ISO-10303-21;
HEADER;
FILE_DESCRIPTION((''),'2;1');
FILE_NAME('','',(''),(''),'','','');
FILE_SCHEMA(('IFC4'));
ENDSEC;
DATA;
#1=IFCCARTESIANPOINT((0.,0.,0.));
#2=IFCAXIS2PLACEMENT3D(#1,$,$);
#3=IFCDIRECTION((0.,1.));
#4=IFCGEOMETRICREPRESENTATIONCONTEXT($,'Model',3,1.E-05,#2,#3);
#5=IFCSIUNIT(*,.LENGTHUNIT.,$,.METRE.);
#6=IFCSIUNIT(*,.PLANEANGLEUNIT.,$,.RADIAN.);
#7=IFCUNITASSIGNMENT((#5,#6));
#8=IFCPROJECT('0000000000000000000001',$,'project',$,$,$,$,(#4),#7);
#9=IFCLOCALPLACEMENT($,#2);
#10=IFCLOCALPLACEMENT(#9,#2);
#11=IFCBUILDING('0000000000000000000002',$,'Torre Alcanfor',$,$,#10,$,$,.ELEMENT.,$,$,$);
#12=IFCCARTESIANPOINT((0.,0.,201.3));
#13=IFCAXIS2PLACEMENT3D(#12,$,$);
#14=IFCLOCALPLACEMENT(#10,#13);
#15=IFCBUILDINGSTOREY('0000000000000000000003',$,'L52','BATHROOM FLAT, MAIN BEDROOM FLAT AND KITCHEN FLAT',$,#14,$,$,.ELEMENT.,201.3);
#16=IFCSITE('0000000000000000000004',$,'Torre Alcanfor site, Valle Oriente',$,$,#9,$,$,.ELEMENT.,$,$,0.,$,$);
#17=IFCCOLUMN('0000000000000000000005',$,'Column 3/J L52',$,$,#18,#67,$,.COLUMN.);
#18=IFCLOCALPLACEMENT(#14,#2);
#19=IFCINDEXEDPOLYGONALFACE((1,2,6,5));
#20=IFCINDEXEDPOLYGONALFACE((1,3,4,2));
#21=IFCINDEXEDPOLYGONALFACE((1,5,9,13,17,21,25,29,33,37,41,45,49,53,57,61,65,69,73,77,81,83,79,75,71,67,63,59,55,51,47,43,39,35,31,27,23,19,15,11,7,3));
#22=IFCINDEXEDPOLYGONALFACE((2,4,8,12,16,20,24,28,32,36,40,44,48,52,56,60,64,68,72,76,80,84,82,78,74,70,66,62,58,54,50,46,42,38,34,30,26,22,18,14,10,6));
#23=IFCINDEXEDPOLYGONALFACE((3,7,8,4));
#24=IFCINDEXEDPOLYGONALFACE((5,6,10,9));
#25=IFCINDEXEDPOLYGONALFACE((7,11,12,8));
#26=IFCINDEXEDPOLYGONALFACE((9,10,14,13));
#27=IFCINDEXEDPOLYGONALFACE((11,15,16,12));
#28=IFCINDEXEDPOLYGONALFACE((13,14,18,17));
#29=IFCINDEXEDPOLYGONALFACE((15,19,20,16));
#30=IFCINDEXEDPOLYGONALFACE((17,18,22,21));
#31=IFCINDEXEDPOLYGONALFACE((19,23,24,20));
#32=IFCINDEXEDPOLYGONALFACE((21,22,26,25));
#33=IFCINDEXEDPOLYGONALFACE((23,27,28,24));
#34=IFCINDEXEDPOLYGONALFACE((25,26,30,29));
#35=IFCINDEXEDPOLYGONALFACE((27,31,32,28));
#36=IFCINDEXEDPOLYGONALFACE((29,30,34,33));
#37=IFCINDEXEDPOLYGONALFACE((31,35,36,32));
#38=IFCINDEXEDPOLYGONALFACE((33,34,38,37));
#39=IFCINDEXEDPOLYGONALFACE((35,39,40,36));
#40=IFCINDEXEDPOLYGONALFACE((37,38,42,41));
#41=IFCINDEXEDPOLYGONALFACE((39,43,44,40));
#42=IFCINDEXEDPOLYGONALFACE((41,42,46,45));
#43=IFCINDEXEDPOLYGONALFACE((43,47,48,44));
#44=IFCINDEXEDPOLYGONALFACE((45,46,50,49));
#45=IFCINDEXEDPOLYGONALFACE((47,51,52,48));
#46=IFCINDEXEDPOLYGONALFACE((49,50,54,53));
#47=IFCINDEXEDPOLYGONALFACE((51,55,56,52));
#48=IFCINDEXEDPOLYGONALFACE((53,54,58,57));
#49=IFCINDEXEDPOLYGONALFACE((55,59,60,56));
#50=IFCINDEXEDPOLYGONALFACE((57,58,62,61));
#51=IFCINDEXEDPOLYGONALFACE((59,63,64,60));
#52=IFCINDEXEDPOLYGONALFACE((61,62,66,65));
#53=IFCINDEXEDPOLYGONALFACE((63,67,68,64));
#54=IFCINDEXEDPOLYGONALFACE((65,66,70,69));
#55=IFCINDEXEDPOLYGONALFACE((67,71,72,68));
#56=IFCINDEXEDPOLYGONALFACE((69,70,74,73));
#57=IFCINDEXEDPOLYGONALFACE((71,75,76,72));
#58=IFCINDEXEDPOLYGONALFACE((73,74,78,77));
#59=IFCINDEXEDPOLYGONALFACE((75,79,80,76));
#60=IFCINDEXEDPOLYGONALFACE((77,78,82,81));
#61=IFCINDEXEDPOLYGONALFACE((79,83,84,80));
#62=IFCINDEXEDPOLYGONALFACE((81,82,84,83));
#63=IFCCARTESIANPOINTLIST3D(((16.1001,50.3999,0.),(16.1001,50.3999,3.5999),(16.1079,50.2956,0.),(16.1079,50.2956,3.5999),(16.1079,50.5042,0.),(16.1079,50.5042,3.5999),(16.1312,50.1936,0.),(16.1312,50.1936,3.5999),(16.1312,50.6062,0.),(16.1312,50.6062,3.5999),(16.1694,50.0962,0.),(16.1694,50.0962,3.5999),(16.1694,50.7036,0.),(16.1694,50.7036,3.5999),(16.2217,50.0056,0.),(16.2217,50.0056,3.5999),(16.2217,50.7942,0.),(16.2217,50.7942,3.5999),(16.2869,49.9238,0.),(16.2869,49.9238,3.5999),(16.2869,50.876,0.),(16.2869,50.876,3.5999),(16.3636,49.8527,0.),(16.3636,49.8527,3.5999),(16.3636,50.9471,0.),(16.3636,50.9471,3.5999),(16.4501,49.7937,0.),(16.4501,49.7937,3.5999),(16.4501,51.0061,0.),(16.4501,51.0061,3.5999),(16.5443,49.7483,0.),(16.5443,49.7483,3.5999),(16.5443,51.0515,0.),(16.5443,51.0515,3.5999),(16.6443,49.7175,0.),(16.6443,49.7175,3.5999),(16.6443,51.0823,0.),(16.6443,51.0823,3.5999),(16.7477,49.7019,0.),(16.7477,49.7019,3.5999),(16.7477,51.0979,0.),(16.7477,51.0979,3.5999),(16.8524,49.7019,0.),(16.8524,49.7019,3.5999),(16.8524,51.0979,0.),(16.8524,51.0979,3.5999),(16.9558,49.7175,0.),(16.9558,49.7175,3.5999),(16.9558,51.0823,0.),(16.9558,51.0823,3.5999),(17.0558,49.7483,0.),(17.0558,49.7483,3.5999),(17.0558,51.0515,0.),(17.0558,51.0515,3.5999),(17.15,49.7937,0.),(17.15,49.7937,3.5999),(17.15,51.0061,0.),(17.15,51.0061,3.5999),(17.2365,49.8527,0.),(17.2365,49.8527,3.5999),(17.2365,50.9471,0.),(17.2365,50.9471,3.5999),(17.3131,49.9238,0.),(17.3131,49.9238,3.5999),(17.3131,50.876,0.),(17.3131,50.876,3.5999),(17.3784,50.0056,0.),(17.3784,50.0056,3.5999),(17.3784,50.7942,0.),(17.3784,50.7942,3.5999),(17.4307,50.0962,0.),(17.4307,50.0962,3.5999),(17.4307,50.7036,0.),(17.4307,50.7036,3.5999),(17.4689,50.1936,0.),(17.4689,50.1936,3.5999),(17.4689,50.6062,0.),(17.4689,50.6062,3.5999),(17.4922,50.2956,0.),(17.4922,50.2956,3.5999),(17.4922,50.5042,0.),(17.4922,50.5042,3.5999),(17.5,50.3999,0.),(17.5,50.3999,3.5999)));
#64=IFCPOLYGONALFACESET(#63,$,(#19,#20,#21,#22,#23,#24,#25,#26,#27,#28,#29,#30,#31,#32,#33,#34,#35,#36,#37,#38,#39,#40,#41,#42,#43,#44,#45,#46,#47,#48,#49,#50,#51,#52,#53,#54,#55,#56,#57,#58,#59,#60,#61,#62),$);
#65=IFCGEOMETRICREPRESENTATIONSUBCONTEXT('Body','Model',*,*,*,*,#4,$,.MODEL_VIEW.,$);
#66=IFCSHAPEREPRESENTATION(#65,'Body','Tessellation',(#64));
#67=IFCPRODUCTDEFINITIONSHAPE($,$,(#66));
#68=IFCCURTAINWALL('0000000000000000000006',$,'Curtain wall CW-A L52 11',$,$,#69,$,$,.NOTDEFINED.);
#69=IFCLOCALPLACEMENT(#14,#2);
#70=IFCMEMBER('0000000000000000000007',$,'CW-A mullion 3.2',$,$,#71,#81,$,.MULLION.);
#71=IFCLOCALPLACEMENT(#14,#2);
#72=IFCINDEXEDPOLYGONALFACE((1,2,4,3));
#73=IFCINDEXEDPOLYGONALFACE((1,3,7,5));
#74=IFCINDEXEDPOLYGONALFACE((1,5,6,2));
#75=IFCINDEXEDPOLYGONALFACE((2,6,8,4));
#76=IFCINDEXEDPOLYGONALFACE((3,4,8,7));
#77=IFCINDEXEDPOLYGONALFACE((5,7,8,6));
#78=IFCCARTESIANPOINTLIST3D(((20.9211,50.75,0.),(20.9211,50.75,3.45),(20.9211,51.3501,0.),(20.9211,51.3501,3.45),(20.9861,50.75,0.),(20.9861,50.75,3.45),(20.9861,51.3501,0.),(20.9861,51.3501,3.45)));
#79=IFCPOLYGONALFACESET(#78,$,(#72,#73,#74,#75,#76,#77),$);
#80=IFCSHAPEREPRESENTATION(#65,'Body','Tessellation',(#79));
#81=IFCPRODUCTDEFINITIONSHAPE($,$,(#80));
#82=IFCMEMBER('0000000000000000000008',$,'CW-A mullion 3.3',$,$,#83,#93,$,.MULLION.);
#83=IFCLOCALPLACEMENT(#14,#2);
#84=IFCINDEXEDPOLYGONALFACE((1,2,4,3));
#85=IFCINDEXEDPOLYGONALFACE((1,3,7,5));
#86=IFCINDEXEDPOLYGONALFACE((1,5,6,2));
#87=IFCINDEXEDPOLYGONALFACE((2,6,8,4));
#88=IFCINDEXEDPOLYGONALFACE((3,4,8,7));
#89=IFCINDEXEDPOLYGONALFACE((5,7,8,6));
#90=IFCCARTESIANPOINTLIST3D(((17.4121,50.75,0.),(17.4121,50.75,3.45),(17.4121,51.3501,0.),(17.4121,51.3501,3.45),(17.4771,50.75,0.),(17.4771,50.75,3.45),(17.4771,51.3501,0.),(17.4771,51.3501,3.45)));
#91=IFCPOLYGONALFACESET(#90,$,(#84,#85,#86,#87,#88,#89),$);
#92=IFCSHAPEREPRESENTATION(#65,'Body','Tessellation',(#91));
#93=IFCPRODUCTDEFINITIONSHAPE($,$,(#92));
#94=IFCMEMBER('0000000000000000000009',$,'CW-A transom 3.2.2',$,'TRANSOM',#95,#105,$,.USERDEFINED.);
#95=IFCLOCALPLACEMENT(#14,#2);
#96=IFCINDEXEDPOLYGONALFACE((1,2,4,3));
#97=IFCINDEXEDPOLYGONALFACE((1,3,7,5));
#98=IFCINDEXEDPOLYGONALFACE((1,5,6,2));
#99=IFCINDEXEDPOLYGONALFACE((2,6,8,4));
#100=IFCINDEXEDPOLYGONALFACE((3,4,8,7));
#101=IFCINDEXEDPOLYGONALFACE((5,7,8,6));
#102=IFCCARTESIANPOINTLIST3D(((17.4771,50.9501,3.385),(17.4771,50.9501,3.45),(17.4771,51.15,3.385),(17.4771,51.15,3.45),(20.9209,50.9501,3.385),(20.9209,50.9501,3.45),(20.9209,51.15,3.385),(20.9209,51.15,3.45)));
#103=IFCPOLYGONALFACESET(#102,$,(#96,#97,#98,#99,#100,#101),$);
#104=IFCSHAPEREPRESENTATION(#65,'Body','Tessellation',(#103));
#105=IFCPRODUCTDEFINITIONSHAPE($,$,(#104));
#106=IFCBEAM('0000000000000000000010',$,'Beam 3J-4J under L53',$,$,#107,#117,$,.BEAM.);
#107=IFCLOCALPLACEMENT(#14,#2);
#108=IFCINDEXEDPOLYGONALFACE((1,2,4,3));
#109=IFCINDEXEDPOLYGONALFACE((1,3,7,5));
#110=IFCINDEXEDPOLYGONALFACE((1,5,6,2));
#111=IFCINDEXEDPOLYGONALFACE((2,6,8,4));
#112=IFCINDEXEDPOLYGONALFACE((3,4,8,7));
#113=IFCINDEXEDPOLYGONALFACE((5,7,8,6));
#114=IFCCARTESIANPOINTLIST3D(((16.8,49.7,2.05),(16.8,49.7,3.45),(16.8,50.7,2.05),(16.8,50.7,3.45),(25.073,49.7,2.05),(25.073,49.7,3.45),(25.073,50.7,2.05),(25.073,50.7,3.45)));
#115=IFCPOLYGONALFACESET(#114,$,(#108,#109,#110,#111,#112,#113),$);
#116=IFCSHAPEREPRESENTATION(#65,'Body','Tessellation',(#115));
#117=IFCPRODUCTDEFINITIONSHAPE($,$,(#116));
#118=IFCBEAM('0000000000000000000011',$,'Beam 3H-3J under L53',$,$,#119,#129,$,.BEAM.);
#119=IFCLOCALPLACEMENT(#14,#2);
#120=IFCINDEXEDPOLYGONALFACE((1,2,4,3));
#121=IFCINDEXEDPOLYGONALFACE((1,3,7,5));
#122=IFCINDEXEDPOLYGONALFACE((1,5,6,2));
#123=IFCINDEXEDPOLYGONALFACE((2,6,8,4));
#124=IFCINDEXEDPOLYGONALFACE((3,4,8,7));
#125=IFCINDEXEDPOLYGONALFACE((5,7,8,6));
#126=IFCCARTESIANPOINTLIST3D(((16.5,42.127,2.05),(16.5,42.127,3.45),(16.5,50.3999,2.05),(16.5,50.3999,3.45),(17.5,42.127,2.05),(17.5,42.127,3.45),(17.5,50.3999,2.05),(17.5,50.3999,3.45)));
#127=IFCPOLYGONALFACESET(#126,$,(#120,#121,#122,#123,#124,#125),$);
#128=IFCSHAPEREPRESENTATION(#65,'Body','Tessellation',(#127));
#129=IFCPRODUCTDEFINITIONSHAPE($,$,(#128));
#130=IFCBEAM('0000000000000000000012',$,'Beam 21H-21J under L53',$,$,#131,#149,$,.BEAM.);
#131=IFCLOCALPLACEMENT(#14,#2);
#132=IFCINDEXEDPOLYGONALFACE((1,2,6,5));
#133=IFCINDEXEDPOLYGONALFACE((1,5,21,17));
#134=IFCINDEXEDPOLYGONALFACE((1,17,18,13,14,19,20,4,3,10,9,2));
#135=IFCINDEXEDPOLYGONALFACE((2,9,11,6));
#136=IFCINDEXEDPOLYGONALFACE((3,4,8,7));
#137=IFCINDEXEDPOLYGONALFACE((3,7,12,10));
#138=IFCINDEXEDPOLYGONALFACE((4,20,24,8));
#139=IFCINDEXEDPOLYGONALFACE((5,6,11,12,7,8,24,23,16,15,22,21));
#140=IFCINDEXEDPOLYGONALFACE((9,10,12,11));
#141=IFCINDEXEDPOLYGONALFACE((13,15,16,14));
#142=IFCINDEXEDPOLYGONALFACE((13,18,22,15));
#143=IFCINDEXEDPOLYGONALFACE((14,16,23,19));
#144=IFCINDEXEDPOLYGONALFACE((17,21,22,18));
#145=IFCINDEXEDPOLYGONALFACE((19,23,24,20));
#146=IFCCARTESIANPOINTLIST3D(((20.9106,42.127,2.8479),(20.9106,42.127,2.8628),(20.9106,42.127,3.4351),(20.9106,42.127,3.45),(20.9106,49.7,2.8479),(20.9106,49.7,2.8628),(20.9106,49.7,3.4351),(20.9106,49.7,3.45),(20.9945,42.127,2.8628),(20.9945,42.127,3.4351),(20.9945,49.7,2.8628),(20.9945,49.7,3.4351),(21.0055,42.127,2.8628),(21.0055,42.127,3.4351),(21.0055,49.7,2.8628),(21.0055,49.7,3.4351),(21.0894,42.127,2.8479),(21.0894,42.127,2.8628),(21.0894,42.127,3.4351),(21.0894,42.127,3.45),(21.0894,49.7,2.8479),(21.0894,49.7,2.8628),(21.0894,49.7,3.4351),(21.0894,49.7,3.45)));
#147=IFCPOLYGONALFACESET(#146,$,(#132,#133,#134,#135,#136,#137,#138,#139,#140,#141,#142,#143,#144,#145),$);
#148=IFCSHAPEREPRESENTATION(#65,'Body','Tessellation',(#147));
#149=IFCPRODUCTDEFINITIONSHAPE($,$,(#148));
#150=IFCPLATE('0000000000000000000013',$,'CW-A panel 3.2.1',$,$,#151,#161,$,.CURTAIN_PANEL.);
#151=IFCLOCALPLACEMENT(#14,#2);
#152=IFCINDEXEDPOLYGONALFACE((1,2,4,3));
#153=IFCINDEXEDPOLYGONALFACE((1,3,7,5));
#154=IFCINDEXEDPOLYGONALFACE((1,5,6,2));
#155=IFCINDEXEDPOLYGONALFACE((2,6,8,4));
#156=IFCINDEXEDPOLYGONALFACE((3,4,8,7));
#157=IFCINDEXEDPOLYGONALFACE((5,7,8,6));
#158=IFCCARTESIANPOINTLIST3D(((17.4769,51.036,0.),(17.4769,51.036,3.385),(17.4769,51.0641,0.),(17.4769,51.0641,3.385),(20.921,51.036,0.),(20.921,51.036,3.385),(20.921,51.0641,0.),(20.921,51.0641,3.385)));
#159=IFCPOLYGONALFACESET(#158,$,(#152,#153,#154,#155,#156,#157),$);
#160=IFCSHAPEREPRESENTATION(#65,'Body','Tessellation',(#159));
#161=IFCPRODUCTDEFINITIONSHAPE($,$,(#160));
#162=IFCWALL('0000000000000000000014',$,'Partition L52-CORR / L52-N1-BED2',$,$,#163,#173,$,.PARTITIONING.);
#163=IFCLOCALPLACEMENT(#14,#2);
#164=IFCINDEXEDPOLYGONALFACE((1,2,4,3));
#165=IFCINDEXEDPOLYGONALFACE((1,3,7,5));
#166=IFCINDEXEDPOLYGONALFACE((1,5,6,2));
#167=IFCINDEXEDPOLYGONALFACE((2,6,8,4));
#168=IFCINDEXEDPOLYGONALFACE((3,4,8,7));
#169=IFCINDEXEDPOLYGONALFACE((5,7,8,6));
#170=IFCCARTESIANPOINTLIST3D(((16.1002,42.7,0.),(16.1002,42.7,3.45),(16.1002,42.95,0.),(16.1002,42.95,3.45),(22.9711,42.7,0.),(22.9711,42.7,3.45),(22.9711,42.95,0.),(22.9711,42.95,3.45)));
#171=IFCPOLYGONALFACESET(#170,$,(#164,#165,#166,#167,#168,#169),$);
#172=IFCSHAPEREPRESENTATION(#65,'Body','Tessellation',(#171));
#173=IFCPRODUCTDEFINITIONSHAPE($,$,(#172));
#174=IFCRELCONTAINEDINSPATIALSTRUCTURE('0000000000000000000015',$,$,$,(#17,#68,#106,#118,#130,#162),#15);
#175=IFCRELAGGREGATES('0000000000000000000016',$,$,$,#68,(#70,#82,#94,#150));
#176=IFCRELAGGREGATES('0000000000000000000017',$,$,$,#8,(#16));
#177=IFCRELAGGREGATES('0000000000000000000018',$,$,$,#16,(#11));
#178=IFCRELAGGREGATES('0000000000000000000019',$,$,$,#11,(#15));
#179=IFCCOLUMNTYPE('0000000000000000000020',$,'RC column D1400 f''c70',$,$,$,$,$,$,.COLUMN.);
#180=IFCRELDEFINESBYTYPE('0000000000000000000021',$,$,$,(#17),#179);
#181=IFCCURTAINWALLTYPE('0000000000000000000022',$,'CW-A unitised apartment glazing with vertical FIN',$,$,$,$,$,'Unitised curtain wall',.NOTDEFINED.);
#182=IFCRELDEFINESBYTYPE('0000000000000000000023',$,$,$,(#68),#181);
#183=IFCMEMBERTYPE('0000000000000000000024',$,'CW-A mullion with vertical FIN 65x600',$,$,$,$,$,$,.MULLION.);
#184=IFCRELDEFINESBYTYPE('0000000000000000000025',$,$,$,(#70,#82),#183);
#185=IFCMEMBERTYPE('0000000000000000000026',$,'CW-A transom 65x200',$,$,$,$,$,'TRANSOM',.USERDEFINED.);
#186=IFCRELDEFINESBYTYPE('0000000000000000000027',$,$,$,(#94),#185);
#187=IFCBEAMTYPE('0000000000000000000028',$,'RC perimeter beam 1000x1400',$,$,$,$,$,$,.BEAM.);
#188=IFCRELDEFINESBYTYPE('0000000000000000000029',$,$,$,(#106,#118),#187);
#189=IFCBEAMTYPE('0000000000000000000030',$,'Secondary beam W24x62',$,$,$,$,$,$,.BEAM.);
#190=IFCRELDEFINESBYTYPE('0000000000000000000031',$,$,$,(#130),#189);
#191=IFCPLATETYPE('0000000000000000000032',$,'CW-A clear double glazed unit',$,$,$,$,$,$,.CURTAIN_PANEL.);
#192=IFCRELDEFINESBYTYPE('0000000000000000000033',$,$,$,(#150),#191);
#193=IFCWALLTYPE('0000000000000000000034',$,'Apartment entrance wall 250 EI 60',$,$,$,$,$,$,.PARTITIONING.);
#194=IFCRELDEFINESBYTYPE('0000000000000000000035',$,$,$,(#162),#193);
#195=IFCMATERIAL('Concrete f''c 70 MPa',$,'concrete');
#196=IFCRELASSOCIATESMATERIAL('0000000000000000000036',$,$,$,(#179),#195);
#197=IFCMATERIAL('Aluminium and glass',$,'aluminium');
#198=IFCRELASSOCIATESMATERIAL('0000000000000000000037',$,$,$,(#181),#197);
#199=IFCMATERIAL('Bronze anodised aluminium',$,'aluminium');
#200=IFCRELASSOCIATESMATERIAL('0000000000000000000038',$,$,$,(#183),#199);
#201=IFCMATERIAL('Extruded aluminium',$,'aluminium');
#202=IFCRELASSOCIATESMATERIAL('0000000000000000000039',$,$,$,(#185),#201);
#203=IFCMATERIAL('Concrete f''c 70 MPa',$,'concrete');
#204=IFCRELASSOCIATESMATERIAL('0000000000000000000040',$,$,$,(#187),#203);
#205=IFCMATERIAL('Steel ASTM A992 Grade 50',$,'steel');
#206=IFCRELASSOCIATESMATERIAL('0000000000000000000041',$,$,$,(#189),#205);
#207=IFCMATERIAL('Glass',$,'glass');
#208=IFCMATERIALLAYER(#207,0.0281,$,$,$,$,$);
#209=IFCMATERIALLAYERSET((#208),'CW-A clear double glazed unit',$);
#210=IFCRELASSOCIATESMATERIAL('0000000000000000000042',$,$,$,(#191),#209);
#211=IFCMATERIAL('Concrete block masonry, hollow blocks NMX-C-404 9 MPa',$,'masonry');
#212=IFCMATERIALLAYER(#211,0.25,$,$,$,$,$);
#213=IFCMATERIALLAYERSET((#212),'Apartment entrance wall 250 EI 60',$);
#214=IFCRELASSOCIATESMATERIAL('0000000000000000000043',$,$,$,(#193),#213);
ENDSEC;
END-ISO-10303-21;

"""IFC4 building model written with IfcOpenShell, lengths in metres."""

from ifc_helpers import new_model, si_unit, direction, frame, frame_2d, origin, origin_2d, place, context, subcontext, project, spatial, rectangle, circle, i_section, extrude, material, layer, layer_set, material_profile, profile_set, type_object, element, aggregate, save


model = new_model("IFC4")

# Units and contexts
model_context = context("Model", 3, precision=1e-05, world=origin(), true_north=direction((0.0, 1.0)))
body_context = subcontext(model_context, "Body", "Model", "MODEL_VIEW")
ifc_project = project(units=[si_unit("LENGTHUNIT", "METRE"), si_unit("PLANEANGLEUNIT", "RADIAN")], contexts=[model_context])

# Site, building, storey
site_placement = place(None, origin())
site = spatial("IfcSite", under=ifc_project, at=site_placement, Name="Torre Alcanfor site, Valle Oriente", CompositionType="ELEMENT", RefElevation=0.0)
building_placement = place(site_placement, origin())
building = spatial("IfcBuilding", under=site, at=building_placement, Name="Torre Alcanfor", CompositionType="ELEMENT")
storey_placement = place(building_placement, frame((0.0, 0.0, 201.3)))
storey = spatial("IfcBuildingStorey", under=building, at=storey_placement, Name="L52", Description="BATHROOM FLAT, MAIN BEDROOM FLAT AND KITCHEN FLAT", CompositionType="ELEMENT", Elevation=201.3)

# Column
ifc_material_1 = material(Name="Concrete f'c 70 MPa", Category="concrete")
ifc_material_profile_1 = material_profile(ifc_material_1, circle(Radius=0.7, at=origin_2d()), Name="D1400")
ifc_profile_set_1 = profile_set([ifc_material_profile_1], Name="Concrete f'c 70 MPa")
column_type = type_object("IfcColumnType", Name="RC column D1400 f'c70", PredefinedType="COLUMN", material=ifc_profile_set_1)
column_placement = place(storey_placement, frame((16.8, 50.3999, 0.0), z_axis=(0.0, 0.0, 1.0), x_axis=(1.0, 0.0, 0.0)))
element("IfcColumn", 1, at=column_placement, inside=storey, type_object=column_type, Name="Column 3/J L52", PredefinedType="COLUMN", context=body_context, shape_type="SweptSolid", body=[
    extrude(circle(Radius=0.7, at=origin_2d()), origin(), (0.0, 0.0, 1.0), 3.5999),
])

# Curtain wall, members
ifc_material_2 = material(Name="Aluminium and glass", Category="aluminium")
curtain_wall_type = type_object("IfcCurtainWallType", Name="CW-A unitised apartment glazing with vertical FIN", ElementType="Unitised curtain wall", PredefinedType="NOTDEFINED", material=ifc_material_2)
curtain_wall_placement = place(storey_placement, origin())
curtain_wall = element("IfcCurtainWall", 2, at=curtain_wall_placement, inside=storey, type_object=curtain_wall_type, Name="Curtain wall CW-A L52 11", PredefinedType="NOTDEFINED")
ifc_material_3 = material(Name="Bronze anodised aluminium", Category="aluminium")
ifc_material_profile_2 = material_profile(ifc_material_3, rectangle(XDim=0.6001, YDim=0.0649, at=origin_2d()), Name="CW-A mullion 65x600")
ifc_profile_set_2 = profile_set([ifc_material_profile_2], Name="Bronze anodised aluminium")
member_type_1 = type_object("IfcMemberType", Name="CW-A mullion with vertical FIN 65x600", PredefinedType="MULLION", material=ifc_profile_set_2)
member_1_placement = place(storey_placement, frame((20.9536, 51.05, 0.0), z_axis=(0.0, 0.0, 1.0), x_axis=(0.0, -1.0, 0.0)))
member_1 = element("IfcMember", 3, at=member_1_placement, type_object=member_type_1, Name="CW-A mullion 3.2", PredefinedType="MULLION", context=body_context, shape_type="SweptSolid", body=[
    extrude(rectangle(XDim=0.6001, YDim=0.0649, at=origin_2d()), origin(), (0.0, 0.0, 1.0), 3.45),
])
member_2_placement = place(storey_placement, frame((17.4446, 51.05, 0.0), z_axis=(0.0, 0.0, 1.0), x_axis=(0.0, -1.0, 0.0)))
member_2 = element("IfcMember", 4, at=member_2_placement, type_object=member_type_1, Name="CW-A mullion 3.3", PredefinedType="MULLION", context=body_context, shape_type="SweptSolid", body=[
    extrude(rectangle(XDim=0.6001, YDim=0.0649, at=origin_2d()), origin(), (0.0, 0.0, 1.0), 3.45),
])
ifc_material_4 = material(Name="Extruded aluminium", Category="aluminium")
ifc_material_profile_3 = material_profile(ifc_material_4, rectangle(XDim=0.2, YDim=0.0649, at=origin_2d()), Name="CW-A transom 200x65")
ifc_profile_set_3 = profile_set([ifc_material_profile_3], Name="Extruded aluminium")
member_type_2 = type_object("IfcMemberType", Name="CW-A transom 65x200", ElementType="TRANSOM", PredefinedType="USERDEFINED", material=ifc_profile_set_3)
member_3_placement = place(storey_placement, frame((20.9209, 51.05, 3.4175), z_axis=(-1.0, 0.0, 0.0), x_axis=(0.0, -1.0, 0.0)))
member_3 = element("IfcMember", 5, at=member_3_placement, type_object=member_type_2, Name="CW-A transom 3.2.2", ObjectType="TRANSOM", PredefinedType="USERDEFINED", context=body_context, shape_type="SweptSolid", body=[
    extrude(rectangle(XDim=0.2, YDim=0.0649, at=origin_2d()), origin(), (0.0, 0.0, 1.0), 3.4438),
])

# Beams
ifc_material_5 = material(Name="Concrete f'c 70 MPa", Category="concrete")
ifc_material_profile_4 = material_profile(ifc_material_5, rectangle(XDim=1.0, YDim=1.3999, at=origin_2d()), Name="1000x1400")
ifc_profile_set_4 = profile_set([ifc_material_profile_4], Name="Concrete f'c 70 MPa")
beam_type_1 = type_object("IfcBeamType", Name="RC perimeter beam 1000x1400", PredefinedType="BEAM", material=ifc_profile_set_4)
for number, where, z_axis, x_axis, name in (
    (6, (16.8, 50.2, 2.75), (1.0, 0.0, 0.0), (0.0, 1.0, 0.0), "Beam 3J-4J under L53"),
    (7, (17.0, 42.127, 2.75), (0.0, 1.0, 0.0), (-1.0, 0.0, 0.0), "Beam 3H-3J under L53"),
):
    element("IfcBeam", number, at=place(storey_placement, frame(where, z_axis=z_axis, x_axis=x_axis)), inside=storey, type_object=beam_type_1, Name=name, PredefinedType="BEAM", context=body_context, shape_type="SweptSolid", body=[
        extrude(rectangle(XDim=1.0, YDim=1.3999, at=origin_2d()), origin(), (0.0, 0.0, 1.0), 8.2729),
    ])
ifc_material_6 = material(Name="Steel ASTM A992 Grade 50", Category="steel")
ifc_material_profile_5 = material_profile(ifc_material_6, i_section(OverallWidth=0.1787, OverallDepth=0.6021, WebThickness=0.011, FlangeThickness=0.0149, at=origin_2d()), Name="W24x62")
ifc_profile_set_5 = profile_set([ifc_material_profile_5], Name="Steel ASTM A992 Grade 50")
beam_type_2 = type_object("IfcBeamType", Name="Secondary beam W24x62", PredefinedType="BEAM", material=ifc_profile_set_5)
beam_placement = place(storey_placement, frame((21.0, 42.127, 3.1489), z_axis=(0.0, 1.0, 0.0), x_axis=(-1.0, 0.0, 0.0)))
element("IfcBeam", 8, at=beam_placement, inside=storey, type_object=beam_type_2, Name="Beam 21H-21J under L53", PredefinedType="BEAM", context=body_context, shape_type="SweptSolid", body=[
    extrude(i_section(OverallWidth=0.1787, OverallDepth=0.6021, WebThickness=0.011, FlangeThickness=0.0149, at=origin_2d()), origin(), (0.0, 0.0, 1.0), 7.573),
])

# Plate
ifc_material_7 = material(Name="Glass", Category="glass")
ifc_layer_1 = layer(ifc_material_7, 0.0281)
ifc_layer_set_1 = layer_set([ifc_layer_1], Name="CW-A clear double glazed unit")
plate_type = type_object("IfcPlateType", Name="CW-A clear double glazed unit", PredefinedType="CURTAIN_PANEL", material=ifc_layer_set_1)
plate_placement = place(storey_placement, frame((19.199, 51.05, 0.0), z_axis=(0.0, 0.0, 1.0), x_axis=(-1.0, 0.0, 0.0)))
plate = element("IfcPlate", 9, at=plate_placement, type_object=plate_type, Name="CW-A panel 3.2.1", PredefinedType="CURTAIN_PANEL", context=body_context, shape_type="SweptSolid", body=[
    extrude(rectangle(XDim=3.4441, YDim=0.0281, at=origin_2d()), origin(), (0.0, 0.0, 1.0), 3.385),
])
aggregate(curtain_wall, [member_1, member_2, member_3, plate])

# Wall
ifc_material_8 = material(Name="Concrete block masonry, hollow blocks NMX-C-404 9 MPa", Category="masonry")
ifc_layer_2 = layer(ifc_material_8, 0.25)
ifc_layer_set_2 = layer_set([ifc_layer_2], Name="Apartment entrance wall 250 EI 60")
wall_type_1 = type_object("IfcWallType", Name="Apartment entrance wall 250 EI 60", PredefinedType="PARTITIONING", material=ifc_layer_set_2)
wall_1_placement = place(storey_placement, frame((16.1001, 42.825, 0.0), z_axis=(0.0, 0.0, 1.0), x_axis=(1.0, 0.0, 0.0)))
element("IfcWall", 10, at=wall_1_placement, inside=storey, type_object=wall_type_1, Name="Partition L52-CORR / L52-N1-BED2", PredefinedType="PARTITIONING", context=body_context, shape_type="SweptSolid", body=[
    extrude(rectangle(XDim=6.8708, YDim=0.25, at=frame_2d((3.4355, 0.0))), origin(), (0.0, 0.0, 1.0), 3.45),
])

save(model, "model.ifc")
